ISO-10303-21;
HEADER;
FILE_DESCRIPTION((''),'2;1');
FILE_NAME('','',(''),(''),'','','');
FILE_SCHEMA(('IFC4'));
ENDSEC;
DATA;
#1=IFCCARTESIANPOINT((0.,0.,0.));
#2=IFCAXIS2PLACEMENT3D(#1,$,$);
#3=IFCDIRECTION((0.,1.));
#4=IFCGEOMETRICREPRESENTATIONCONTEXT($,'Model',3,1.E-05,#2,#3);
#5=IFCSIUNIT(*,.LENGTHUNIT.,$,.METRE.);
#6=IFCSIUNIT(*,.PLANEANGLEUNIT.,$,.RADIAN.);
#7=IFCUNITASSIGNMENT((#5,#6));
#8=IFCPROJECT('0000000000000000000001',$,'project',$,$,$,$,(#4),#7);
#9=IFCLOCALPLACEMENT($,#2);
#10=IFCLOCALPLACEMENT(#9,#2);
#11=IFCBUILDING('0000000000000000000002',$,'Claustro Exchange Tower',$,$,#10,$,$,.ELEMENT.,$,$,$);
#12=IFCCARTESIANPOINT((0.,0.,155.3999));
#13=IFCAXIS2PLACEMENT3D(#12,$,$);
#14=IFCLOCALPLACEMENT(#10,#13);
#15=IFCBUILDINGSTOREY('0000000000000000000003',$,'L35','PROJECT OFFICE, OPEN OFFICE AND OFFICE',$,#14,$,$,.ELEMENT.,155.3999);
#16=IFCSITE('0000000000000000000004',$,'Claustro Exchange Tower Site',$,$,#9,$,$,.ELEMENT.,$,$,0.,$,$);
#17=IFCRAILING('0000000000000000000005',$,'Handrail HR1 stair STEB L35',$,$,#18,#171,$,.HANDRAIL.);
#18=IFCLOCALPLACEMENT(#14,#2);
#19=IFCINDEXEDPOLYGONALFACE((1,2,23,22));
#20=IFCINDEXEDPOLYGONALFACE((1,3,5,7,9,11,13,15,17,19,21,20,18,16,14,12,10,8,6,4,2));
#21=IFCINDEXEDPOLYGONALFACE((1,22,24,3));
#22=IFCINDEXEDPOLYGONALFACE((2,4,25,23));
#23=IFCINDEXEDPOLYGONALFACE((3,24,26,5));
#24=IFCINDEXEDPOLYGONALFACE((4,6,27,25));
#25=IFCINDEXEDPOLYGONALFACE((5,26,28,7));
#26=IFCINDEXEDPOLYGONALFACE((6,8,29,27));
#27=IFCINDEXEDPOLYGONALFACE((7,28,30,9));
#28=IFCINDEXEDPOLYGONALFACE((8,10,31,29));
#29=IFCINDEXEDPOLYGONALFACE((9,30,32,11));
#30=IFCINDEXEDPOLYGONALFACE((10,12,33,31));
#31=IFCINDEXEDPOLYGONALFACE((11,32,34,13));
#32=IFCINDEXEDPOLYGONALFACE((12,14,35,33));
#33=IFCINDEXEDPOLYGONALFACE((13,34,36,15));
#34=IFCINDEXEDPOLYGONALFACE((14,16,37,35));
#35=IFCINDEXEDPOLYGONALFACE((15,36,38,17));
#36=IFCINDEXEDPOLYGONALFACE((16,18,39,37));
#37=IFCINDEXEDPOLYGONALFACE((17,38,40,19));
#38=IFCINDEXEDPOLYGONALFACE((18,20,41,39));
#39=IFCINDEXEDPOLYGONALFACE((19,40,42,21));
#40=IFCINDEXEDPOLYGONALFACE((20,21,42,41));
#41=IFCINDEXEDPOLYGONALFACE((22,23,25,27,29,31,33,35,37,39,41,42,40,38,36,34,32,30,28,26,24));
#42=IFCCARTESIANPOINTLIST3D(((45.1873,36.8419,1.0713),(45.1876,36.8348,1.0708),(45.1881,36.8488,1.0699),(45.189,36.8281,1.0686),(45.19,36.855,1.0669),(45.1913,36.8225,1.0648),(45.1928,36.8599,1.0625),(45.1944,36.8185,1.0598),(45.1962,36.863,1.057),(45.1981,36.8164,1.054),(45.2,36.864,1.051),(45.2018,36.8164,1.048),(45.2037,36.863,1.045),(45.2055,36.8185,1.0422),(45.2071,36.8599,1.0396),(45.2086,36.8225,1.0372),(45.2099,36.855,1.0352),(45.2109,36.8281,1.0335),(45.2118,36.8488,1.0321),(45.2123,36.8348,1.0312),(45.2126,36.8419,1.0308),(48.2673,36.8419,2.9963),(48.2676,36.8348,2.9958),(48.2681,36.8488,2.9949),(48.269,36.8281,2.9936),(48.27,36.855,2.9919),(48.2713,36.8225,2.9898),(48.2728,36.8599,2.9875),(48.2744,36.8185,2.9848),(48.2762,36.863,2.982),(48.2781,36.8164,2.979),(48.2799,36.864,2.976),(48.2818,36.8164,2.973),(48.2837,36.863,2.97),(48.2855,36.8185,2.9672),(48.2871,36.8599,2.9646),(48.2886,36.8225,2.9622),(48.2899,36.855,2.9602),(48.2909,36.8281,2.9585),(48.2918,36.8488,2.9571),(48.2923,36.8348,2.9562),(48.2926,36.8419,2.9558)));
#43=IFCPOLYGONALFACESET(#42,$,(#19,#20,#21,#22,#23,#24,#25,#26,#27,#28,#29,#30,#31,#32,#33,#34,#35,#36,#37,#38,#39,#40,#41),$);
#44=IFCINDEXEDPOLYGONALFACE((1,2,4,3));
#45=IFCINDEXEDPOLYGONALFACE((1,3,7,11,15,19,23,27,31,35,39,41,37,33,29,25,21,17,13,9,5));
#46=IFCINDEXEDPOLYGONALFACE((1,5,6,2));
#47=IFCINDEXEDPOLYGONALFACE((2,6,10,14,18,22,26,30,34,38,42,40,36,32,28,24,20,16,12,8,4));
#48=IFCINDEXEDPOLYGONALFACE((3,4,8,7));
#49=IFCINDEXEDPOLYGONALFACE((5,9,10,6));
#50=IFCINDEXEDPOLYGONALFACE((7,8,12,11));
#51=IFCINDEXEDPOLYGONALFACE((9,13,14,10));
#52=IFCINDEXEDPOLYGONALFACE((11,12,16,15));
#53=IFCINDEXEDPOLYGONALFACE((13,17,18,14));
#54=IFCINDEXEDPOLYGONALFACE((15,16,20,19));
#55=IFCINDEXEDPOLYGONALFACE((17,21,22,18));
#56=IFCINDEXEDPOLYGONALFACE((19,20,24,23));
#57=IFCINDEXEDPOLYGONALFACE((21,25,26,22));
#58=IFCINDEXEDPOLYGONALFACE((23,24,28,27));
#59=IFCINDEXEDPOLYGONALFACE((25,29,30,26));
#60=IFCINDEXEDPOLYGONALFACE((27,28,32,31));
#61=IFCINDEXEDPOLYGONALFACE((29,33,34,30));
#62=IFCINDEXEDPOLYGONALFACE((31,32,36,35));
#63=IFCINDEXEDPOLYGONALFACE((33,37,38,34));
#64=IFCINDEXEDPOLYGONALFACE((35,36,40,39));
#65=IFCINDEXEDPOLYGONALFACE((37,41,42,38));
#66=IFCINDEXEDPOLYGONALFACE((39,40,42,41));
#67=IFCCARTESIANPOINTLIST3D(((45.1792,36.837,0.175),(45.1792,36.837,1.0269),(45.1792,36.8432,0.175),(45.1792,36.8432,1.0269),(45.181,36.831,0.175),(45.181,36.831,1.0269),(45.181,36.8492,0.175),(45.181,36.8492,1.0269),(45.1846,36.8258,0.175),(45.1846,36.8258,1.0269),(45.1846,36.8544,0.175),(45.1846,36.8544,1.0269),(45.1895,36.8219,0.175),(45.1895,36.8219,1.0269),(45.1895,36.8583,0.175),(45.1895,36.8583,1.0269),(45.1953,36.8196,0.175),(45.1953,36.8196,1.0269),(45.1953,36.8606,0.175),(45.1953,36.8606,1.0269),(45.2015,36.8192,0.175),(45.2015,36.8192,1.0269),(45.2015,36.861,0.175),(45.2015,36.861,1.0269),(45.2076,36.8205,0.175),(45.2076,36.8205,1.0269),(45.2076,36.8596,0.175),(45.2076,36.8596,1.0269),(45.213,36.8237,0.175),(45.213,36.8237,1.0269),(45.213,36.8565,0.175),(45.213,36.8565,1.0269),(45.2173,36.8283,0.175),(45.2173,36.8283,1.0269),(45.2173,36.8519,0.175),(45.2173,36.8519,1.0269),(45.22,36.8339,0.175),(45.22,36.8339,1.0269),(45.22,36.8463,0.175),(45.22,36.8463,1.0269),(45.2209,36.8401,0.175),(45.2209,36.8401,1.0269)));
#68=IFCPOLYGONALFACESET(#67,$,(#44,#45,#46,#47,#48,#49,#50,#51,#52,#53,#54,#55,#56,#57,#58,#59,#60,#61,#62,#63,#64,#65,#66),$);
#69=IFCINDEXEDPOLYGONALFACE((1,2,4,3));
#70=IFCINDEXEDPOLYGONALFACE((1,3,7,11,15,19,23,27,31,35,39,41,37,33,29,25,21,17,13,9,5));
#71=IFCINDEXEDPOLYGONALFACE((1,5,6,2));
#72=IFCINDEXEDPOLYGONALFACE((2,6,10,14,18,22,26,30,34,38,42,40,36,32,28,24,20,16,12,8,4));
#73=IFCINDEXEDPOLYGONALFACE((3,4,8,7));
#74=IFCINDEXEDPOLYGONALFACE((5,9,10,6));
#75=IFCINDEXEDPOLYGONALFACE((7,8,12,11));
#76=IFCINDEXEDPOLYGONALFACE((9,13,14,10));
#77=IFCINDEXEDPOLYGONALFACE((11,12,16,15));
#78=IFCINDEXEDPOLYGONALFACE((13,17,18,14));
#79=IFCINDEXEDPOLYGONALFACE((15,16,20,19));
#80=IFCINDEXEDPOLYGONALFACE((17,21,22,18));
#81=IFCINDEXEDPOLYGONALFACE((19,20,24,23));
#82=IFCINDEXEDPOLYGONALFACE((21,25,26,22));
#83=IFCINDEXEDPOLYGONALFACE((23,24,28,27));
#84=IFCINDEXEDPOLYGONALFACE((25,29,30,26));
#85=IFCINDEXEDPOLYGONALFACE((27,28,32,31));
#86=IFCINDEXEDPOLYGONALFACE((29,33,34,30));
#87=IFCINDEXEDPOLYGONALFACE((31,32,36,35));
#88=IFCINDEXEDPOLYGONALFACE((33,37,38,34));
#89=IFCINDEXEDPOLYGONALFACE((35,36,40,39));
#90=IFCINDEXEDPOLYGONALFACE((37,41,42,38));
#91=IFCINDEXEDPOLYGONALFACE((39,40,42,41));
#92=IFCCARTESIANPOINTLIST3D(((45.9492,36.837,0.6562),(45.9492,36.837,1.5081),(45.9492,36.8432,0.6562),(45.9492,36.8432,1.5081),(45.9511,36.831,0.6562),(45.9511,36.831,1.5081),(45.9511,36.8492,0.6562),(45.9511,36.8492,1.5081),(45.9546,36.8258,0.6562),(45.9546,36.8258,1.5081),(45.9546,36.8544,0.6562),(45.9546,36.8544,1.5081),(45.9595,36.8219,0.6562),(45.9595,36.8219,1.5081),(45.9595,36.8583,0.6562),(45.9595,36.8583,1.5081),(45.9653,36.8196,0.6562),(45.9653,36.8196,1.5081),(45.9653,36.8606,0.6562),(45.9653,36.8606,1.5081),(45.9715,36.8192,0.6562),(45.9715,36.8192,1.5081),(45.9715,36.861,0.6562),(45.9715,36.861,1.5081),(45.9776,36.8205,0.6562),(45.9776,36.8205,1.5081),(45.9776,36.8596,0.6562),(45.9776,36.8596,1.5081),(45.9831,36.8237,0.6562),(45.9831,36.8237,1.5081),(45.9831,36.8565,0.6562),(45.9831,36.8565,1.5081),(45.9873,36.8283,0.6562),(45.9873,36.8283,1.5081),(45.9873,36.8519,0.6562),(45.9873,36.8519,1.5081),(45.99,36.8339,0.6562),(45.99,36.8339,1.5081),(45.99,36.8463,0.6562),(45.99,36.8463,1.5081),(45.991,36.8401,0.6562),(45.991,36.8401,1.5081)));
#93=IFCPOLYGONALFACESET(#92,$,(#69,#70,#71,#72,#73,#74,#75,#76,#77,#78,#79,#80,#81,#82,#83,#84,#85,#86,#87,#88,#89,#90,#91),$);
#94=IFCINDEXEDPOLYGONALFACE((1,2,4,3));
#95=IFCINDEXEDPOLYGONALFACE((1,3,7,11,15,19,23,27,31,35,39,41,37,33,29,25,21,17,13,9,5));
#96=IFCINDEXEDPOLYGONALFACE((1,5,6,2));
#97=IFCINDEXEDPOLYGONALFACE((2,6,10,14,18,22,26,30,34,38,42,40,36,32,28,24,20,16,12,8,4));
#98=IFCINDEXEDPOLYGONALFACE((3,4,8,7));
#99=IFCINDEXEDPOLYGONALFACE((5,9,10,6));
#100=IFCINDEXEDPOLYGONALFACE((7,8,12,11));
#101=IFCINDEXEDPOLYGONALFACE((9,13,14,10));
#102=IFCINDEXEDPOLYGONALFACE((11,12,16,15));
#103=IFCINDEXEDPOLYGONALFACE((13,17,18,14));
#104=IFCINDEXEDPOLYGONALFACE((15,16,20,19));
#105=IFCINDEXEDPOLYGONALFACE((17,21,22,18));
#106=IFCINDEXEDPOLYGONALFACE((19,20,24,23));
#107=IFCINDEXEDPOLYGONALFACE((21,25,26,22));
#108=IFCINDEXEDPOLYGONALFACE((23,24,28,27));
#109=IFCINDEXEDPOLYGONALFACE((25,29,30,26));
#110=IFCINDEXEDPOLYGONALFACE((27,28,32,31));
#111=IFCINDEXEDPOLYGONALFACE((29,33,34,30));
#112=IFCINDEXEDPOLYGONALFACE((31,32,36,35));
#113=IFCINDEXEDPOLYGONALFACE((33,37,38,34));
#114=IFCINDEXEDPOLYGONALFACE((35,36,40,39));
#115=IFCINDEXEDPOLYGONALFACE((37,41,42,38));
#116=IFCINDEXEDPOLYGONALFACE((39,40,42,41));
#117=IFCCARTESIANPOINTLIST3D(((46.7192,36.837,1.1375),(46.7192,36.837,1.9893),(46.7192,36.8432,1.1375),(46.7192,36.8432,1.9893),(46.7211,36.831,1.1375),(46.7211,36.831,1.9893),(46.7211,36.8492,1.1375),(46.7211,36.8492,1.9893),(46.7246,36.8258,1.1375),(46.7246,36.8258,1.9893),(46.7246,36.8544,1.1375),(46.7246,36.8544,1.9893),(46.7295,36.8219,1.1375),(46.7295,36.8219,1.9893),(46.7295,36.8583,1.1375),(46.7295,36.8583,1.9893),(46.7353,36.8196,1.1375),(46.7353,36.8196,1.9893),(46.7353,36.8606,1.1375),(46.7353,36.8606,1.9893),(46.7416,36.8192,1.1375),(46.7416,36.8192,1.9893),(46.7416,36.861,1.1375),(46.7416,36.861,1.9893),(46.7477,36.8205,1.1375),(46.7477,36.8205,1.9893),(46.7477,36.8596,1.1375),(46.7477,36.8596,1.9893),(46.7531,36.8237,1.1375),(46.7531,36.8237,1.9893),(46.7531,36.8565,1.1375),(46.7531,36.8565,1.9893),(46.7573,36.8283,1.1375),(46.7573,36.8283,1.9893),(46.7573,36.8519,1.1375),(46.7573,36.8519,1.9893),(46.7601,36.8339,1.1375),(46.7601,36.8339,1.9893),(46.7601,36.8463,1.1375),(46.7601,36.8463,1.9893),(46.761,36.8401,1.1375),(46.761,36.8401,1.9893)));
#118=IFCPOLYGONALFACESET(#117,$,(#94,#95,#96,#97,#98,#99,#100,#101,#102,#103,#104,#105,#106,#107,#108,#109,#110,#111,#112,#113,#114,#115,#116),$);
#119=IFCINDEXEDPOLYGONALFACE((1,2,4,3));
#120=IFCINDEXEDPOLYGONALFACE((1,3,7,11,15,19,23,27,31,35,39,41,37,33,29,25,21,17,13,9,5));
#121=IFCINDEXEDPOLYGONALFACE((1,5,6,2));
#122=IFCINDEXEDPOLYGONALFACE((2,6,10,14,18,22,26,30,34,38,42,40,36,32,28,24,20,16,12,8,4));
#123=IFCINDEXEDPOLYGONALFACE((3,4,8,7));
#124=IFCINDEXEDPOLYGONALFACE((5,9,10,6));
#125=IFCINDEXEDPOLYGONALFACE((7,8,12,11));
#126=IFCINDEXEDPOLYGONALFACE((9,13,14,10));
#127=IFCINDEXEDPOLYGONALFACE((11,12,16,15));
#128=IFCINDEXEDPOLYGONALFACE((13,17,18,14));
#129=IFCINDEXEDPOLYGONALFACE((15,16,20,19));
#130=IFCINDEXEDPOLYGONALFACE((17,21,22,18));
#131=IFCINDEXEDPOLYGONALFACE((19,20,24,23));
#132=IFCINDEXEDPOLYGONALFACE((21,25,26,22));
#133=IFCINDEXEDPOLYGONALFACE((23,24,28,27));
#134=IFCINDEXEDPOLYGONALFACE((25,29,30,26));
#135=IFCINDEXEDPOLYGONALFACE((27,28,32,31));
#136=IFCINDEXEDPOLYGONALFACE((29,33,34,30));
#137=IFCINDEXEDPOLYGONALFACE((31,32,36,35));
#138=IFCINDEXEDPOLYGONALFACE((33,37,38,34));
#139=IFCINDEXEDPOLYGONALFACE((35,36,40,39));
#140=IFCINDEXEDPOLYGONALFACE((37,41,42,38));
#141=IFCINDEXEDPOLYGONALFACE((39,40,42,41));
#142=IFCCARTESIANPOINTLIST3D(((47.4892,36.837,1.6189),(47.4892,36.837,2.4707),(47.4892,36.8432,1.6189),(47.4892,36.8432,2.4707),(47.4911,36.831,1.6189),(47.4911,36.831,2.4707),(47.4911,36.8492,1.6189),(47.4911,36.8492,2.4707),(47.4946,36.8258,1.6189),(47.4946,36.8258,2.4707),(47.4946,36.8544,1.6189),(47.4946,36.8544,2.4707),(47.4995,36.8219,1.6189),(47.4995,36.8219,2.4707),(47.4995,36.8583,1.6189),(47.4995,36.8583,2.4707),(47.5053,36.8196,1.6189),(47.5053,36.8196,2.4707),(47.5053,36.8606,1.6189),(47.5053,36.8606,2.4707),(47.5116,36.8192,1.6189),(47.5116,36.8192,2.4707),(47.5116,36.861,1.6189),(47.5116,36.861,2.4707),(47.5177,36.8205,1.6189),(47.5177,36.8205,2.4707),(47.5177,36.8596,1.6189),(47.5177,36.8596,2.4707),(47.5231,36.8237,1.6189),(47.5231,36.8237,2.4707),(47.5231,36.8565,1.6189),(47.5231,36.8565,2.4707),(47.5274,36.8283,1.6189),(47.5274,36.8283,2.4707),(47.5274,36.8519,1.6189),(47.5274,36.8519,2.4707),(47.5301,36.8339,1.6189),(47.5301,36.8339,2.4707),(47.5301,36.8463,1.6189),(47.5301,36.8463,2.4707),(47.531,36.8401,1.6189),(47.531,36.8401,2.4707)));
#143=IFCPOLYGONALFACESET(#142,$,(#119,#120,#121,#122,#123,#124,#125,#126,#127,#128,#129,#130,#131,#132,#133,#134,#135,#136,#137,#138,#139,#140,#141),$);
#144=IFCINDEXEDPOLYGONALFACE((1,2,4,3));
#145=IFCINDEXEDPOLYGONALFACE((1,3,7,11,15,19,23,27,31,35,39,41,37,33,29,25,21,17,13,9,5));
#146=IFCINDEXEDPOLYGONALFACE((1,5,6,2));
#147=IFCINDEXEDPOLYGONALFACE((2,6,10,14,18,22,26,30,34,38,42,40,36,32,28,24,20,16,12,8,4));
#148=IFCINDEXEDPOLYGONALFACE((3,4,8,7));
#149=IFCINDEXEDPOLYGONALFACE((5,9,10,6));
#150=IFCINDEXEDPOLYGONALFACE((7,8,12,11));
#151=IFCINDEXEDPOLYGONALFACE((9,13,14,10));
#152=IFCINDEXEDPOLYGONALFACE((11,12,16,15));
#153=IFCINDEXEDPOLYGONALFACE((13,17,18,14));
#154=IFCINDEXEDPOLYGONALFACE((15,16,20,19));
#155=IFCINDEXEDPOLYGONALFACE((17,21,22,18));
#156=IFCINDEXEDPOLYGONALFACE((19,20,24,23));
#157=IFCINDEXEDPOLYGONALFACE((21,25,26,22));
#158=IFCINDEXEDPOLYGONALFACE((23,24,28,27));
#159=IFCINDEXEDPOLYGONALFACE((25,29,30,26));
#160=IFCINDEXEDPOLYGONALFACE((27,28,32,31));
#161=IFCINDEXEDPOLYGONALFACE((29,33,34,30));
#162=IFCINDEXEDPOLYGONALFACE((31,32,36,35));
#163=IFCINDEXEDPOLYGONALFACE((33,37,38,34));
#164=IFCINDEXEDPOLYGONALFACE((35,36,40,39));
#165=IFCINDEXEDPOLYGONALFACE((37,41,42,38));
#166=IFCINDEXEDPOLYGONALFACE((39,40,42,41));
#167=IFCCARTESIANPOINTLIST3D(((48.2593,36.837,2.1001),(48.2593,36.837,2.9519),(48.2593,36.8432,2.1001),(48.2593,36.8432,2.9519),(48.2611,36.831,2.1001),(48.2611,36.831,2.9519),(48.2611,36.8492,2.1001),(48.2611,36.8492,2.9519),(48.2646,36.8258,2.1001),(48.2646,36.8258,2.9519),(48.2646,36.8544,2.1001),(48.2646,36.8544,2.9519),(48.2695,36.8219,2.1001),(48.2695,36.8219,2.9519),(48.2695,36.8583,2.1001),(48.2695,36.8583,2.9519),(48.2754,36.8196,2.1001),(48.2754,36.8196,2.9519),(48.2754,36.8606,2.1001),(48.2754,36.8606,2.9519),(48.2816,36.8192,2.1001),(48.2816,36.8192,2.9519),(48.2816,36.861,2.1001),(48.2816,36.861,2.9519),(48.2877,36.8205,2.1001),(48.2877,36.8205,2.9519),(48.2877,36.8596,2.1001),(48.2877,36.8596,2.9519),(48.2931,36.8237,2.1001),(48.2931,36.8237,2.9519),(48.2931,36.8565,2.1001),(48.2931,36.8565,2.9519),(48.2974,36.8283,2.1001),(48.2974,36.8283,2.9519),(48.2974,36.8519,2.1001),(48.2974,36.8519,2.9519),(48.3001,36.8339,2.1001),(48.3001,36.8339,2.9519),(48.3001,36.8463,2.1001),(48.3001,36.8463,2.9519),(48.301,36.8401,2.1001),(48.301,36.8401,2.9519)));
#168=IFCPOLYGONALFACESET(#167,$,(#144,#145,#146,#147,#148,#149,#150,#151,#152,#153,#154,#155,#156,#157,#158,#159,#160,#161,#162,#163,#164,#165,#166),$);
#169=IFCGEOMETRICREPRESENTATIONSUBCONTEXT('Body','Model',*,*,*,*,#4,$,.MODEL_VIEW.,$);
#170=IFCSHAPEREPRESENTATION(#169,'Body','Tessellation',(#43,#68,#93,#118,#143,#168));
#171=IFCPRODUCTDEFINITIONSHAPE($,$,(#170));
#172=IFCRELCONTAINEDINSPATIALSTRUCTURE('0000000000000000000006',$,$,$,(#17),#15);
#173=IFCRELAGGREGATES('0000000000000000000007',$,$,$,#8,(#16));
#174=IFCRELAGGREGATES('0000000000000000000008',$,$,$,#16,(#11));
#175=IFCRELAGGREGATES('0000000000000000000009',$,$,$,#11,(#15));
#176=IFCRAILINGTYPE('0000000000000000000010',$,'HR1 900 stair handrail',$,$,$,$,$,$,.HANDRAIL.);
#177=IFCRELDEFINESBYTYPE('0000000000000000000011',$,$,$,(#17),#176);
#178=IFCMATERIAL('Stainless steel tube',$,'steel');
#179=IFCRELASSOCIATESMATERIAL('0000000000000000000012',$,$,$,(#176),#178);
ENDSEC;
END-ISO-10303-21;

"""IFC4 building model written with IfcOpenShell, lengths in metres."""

from ifc_helpers import new_model, si_unit, direction, frame, origin, origin_2d, place, context, subcontext, project, spatial, circle, extrude, material, type_object, element, save


model = new_model("IFC4")

# Units and contexts
model_context = context("Model", 3, precision=1e-05, world=origin(), true_north=direction((0.0, 1.0)))
body_context = subcontext(model_context, "Body", "Model", "MODEL_VIEW")
ifc_project = project(units=[si_unit("LENGTHUNIT", "METRE"), si_unit("PLANEANGLEUNIT", "RADIAN")], contexts=[model_context])

# Site, building, storey
site_placement = place(None, origin())
site = spatial("IfcSite", under=ifc_project, at=site_placement, Name="Claustro Exchange Tower Site", CompositionType="ELEMENT", RefElevation=0.0)
building_placement = place(site_placement, origin())
building = spatial("IfcBuilding", under=site, at=building_placement, Name="Claustro Exchange Tower", CompositionType="ELEMENT")
storey_placement = place(building_placement, frame((0.0, 0.0, 155.3999)))
storey = spatial("IfcBuildingStorey", under=building, at=storey_placement, Name="L35", Description="PROJECT OFFICE, OPEN OFFICE AND OFFICE", CompositionType="ELEMENT", Elevation=155.3999)

# Railing
ifc_material_1 = material(Name="Stainless steel tube", Category="steel")
railing_type_1 = type_object("IfcRailingType", Name="HR1 900 stair handrail", PredefinedType="HANDRAIL", material=ifc_material_1)
railing_1_placement = place(storey_placement, frame((45.2, 36.8401, 0.175)))
element("IfcRailing", 1, at=railing_1_placement, inside=storey, type_object=railing_type_1, Name="Handrail HR1 stair STEB L35", PredefinedType="HANDRAIL", context=body_context, shape_type="SweptSolid", body=[
    extrude(circle(Radius=0.0239, at=origin_2d()), frame((0.0, 0.0, 0.876), z_axis=(0.847998, 0.0, 0.529999), x_axis=(0.0, 1.0, 0.0)), (0.0, 0.0, 1.0), 3.6321),
    extrude(circle(Radius=0.021, at=origin_2d()), origin(), (0.0, 0.0, 1.0), 0.8518),
    extrude(circle(Radius=0.021, at=origin_2d()), frame((0.77, 0.0, 0.4812)), (0.0, 0.0, 1.0), 0.8518),
    extrude(circle(Radius=0.021, at=origin_2d()), frame((1.54, 0.0, 0.9624)), (0.0, 0.0, 1.0), 0.8518),
    extrude(circle(Radius=0.021, at=origin_2d()), frame((2.3101, 0.0, 1.4438)), (0.0, 0.0, 1.0), 0.8518),
    extrude(circle(Radius=0.021, at=origin_2d()), frame((3.0801, 0.0, 1.925)), (0.0, 0.0, 1.0), 0.8518),
])

save(model, "model.ifc")
